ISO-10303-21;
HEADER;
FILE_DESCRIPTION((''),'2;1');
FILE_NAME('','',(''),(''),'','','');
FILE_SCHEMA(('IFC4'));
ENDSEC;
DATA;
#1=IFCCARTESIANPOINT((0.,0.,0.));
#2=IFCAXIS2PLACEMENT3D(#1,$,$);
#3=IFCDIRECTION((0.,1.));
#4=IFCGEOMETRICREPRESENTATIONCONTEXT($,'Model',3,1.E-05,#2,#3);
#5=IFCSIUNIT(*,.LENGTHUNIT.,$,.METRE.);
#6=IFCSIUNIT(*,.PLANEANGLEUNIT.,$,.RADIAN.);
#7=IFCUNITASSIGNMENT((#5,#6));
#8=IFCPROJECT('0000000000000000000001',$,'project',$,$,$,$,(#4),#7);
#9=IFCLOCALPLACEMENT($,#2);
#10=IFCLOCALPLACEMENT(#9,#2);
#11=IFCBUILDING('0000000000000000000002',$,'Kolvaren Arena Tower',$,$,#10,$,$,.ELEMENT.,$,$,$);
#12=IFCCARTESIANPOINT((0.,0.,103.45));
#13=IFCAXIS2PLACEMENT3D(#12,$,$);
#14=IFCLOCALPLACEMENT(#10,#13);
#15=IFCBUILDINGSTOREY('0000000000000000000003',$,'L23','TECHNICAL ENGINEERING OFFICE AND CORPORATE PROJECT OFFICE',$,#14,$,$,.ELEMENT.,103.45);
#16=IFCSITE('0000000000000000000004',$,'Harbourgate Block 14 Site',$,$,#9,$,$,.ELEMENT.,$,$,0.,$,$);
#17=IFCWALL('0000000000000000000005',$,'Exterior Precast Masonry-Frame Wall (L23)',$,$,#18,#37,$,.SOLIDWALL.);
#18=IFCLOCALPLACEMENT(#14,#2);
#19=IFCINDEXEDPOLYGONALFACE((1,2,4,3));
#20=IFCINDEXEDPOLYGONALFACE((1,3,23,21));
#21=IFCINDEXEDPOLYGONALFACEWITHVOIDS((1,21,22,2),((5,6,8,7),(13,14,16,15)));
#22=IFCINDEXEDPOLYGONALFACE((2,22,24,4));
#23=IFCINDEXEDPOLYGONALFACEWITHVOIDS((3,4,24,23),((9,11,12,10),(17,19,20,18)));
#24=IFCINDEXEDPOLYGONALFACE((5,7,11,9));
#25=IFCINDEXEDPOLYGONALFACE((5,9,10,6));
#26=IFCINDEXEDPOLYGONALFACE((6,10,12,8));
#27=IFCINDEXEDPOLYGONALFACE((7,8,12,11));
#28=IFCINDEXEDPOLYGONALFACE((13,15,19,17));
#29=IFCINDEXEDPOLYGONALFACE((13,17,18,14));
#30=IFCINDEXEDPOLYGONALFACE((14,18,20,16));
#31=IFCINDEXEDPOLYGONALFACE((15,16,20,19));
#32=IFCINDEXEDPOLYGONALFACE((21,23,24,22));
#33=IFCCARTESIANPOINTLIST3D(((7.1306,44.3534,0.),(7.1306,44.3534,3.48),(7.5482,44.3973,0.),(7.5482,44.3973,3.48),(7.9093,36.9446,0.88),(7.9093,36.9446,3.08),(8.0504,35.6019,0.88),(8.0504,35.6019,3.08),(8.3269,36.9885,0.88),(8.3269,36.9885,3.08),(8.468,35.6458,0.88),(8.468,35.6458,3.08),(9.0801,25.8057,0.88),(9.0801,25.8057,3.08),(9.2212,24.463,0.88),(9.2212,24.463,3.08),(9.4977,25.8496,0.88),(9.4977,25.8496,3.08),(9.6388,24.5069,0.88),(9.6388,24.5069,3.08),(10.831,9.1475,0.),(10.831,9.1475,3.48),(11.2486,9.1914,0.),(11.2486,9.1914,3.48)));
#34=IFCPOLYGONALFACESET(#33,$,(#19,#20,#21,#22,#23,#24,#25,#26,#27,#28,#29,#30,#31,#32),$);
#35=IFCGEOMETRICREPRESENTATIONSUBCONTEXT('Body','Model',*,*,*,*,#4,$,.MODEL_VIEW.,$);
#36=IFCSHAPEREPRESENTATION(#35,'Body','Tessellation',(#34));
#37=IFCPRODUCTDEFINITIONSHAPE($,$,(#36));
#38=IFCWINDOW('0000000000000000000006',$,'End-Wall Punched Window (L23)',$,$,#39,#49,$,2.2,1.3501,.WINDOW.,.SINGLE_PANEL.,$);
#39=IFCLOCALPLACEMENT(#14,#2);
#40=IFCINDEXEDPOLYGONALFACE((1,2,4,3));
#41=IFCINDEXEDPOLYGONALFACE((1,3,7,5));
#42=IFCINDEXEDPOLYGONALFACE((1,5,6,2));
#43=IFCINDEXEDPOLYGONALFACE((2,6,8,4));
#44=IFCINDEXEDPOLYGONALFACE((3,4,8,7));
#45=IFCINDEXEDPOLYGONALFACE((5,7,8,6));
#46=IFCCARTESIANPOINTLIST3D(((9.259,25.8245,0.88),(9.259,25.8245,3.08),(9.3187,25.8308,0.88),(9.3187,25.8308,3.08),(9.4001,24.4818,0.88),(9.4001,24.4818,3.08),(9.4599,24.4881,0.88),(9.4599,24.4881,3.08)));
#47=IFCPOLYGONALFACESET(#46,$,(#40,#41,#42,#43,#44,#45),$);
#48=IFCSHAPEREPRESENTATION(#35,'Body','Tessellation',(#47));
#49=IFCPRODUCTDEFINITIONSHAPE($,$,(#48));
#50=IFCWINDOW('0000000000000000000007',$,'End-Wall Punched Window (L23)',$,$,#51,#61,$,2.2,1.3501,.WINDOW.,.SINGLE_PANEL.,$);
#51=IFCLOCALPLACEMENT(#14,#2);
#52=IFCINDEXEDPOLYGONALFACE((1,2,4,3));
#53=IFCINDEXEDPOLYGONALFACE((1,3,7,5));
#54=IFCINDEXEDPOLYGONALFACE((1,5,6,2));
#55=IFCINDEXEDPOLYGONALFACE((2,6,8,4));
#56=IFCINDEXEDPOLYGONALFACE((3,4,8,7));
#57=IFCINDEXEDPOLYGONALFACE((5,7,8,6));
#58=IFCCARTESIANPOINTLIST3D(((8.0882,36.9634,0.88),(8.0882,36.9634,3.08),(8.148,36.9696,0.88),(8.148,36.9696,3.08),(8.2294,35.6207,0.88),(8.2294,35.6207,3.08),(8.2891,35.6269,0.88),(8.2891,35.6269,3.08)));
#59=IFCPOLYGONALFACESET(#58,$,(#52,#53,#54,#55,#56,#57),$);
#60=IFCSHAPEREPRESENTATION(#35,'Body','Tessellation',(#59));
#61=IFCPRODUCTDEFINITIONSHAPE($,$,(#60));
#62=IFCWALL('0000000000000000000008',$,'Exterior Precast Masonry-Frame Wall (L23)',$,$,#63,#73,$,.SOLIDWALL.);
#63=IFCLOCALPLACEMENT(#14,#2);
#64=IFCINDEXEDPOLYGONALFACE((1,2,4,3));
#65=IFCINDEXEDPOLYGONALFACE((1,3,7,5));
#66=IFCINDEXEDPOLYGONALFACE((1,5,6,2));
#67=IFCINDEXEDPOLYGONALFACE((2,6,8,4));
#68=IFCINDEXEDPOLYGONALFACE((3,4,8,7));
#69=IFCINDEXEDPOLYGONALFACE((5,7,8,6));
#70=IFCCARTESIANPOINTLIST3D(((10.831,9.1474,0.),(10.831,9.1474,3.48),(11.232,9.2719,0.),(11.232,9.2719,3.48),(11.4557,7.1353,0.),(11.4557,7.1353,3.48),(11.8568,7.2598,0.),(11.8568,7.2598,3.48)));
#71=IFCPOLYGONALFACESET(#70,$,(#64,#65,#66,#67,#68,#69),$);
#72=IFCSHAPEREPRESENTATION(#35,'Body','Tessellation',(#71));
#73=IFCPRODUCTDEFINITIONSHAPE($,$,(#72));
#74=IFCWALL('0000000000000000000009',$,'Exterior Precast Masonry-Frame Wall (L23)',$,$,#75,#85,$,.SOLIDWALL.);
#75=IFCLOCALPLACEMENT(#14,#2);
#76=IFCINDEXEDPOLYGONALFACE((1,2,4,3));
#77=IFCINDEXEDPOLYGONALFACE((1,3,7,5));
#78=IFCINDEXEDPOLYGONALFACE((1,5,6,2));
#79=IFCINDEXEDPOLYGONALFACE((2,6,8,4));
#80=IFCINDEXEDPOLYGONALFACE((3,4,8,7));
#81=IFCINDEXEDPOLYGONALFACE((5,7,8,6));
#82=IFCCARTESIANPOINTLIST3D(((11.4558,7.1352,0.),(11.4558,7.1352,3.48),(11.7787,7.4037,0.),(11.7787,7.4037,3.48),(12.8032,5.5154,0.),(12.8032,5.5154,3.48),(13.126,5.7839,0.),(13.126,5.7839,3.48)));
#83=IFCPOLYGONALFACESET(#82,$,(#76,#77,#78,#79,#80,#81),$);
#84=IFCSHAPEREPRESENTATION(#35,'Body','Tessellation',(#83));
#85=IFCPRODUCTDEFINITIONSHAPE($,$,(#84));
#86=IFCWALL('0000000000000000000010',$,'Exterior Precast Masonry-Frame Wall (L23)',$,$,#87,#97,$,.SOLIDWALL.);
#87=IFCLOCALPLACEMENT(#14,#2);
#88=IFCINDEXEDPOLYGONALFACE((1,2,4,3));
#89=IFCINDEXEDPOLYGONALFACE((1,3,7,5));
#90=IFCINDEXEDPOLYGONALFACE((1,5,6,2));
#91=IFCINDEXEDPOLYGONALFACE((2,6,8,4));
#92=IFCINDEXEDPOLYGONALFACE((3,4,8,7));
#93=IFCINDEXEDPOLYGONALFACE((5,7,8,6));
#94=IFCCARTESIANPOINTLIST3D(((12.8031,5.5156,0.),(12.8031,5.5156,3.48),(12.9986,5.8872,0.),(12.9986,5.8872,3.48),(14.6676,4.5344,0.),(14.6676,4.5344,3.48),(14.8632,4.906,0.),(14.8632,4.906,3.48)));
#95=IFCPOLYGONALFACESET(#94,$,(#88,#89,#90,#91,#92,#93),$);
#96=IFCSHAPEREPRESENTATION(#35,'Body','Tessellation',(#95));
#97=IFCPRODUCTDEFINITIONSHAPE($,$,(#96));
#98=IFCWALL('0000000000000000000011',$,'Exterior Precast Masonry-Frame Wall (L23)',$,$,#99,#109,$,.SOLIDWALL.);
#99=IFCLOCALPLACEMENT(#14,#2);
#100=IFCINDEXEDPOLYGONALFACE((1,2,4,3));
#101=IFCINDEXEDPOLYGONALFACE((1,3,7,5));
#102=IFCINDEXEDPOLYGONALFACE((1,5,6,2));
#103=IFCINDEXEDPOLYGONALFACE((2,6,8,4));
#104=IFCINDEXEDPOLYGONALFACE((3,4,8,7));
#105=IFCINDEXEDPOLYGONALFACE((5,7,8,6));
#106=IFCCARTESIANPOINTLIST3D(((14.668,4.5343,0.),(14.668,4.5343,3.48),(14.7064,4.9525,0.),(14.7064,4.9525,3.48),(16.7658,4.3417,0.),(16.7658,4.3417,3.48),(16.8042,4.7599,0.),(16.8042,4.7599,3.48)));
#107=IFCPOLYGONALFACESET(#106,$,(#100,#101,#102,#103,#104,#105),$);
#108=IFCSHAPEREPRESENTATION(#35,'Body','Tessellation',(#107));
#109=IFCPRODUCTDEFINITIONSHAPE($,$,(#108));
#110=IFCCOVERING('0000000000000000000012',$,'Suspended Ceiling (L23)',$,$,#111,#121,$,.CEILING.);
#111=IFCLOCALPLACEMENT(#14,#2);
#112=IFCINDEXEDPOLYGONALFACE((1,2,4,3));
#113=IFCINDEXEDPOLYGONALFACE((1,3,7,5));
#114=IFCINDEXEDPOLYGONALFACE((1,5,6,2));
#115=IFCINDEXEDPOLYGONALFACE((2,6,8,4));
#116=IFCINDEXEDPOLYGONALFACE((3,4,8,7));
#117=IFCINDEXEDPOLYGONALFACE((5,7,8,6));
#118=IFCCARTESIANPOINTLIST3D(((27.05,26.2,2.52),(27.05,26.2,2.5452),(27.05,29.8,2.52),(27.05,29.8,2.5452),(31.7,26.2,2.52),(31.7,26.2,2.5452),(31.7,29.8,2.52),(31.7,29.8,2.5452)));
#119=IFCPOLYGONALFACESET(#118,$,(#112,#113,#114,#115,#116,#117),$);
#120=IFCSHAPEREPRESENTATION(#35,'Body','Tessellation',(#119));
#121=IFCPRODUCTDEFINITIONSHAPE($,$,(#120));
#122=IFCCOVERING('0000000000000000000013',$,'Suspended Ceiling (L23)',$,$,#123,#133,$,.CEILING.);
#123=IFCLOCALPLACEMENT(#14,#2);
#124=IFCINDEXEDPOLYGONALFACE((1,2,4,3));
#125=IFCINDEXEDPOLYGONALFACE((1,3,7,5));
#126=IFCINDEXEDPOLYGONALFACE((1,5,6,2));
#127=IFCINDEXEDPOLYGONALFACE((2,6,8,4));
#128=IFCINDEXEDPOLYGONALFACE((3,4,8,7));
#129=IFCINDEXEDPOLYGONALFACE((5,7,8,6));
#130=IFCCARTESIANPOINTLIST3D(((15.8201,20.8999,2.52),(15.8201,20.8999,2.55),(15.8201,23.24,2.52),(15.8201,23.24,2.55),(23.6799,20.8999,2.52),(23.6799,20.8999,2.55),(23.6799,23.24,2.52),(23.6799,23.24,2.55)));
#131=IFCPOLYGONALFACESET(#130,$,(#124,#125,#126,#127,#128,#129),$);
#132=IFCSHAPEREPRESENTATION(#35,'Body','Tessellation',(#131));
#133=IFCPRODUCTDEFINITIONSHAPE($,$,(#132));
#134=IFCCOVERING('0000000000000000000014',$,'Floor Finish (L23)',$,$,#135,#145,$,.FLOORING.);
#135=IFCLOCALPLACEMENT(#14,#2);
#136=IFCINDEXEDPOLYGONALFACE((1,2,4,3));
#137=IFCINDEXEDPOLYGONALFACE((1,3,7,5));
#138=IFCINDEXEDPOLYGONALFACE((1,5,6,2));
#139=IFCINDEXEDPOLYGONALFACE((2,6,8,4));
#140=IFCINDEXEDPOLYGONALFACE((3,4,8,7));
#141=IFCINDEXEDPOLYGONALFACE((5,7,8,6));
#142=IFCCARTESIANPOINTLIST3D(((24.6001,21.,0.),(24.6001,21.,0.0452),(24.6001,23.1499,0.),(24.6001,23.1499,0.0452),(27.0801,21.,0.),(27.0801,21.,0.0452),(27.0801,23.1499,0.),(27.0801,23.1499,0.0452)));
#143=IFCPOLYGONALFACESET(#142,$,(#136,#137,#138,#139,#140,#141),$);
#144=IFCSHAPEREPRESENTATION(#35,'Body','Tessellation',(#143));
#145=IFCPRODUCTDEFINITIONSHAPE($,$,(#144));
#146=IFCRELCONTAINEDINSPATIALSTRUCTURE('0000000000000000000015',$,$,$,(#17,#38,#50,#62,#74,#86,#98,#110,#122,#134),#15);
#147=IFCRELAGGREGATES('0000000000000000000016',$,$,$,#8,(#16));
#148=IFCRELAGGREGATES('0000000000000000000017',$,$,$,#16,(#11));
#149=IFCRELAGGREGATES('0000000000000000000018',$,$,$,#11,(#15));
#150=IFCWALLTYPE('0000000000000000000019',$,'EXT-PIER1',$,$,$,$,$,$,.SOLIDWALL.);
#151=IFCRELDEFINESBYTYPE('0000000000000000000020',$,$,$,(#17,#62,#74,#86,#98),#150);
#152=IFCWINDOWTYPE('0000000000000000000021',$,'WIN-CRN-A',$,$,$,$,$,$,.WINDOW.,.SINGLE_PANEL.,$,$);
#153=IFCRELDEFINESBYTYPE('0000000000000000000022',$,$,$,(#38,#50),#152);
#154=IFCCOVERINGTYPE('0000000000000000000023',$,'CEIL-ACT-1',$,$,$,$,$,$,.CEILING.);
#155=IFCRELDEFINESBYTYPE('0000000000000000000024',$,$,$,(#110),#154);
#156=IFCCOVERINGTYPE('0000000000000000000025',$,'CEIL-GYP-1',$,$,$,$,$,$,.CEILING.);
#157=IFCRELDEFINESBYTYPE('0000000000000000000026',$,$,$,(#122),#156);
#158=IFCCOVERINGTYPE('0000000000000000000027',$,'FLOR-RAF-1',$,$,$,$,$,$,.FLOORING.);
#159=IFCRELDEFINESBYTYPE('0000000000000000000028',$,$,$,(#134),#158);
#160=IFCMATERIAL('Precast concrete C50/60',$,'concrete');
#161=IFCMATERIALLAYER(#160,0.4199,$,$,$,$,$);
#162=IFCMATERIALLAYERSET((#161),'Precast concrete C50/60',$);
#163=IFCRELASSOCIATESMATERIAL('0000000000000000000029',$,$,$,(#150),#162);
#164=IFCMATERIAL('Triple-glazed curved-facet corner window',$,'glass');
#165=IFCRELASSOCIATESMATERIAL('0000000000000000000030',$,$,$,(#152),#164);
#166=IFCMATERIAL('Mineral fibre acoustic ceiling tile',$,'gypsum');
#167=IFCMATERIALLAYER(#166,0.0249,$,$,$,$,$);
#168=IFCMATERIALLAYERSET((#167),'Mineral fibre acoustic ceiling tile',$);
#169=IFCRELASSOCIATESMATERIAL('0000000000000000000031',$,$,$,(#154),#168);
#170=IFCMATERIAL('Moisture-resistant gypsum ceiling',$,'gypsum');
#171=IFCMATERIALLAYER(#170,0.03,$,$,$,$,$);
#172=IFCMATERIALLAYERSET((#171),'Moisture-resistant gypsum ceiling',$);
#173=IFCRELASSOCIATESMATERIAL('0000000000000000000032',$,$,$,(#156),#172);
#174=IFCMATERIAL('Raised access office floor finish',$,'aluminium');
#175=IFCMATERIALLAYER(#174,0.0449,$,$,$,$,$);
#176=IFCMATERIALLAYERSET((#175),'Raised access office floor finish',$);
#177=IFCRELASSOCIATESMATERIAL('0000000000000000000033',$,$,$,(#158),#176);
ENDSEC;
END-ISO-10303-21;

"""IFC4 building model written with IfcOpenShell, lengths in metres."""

from ifc_helpers import new_model, si_unit, direction, frame, frame_2d, origin, place, context, subcontext, project, spatial, polyline, rectangle, outline, extrude, material, layer, layer_set, type_object, element, fill, save


model = new_model("IFC4")

# Units and contexts
model_context = context("Model", 3, precision=1e-05, world=origin(), true_north=direction((0.0, 1.0)))
body_context = subcontext(model_context, "Body", "Model", "MODEL_VIEW")
ifc_project = project(units=[si_unit("LENGTHUNIT", "METRE"), si_unit("PLANEANGLEUNIT", "RADIAN")], contexts=[model_context])

# Site, building, storey
site_placement = place(None, origin())
site = spatial("IfcSite", under=ifc_project, at=site_placement, Name="Harbourgate Block 14 Site", CompositionType="ELEMENT", RefElevation=0.0)
building_placement = place(site_placement, origin())
building = spatial("IfcBuilding", under=site, at=building_placement, Name="Kolvaren Arena Tower", CompositionType="ELEMENT")
storey_placement = place(building_placement, frame((0.0, 0.0, 103.45)))
storey = spatial("IfcBuildingStorey", under=building, at=storey_placement, Name="L23", Description="TECHNICAL ENGINEERING OFFICE AND CORPORATE PROJECT OFFICE", CompositionType="ELEMENT", Elevation=103.45)

# Wall, openings, windows
ifc_material_1 = material(Name="Precast concrete C50/60", Category="concrete")
ifc_layer_1 = layer(ifc_material_1, 0.4199)
ifc_layer_set_1 = layer_set([ifc_layer_1], Name="Precast concrete C50/60")
wall_type = type_object("IfcWallType", Name="EXT-PIER1", PredefinedType="SOLIDWALL", material=ifc_layer_set_1)
wall_1_placement = place(storey_placement, frame((11.0398, 9.1694, 0.0), z_axis=(0.0, 0.0, 1.0), x_axis=(-0.104532, 0.994522, 0.0)))
wall_1 = element("IfcWall", 1, at=wall_1_placement, inside=storey, type_object=wall_type, Name="Exterior Precast Masonry-Frame Wall (L23)", PredefinedType="SOLIDWALL", context=body_context, shape_type="SweptSolid", body=[
    extrude(rectangle(XDim=35.3999, YDim=0.4199, at=frame_2d((17.7, 0.0))), origin(), (0.0, 0.0, 1.0), 3.48),
])
opening_1_placement = place(wall_1_placement, frame((15.3999, 0.0, 0.8799)))
opening_1 = element("IfcOpeningElement", 2, at=opening_1_placement, cuts=wall_1, PredefinedType="OPENING", context=body_context, shape_type="SweptSolid", body=[
    extrude(rectangle(XDim=1.3501, YDim=2.2, at=frame_2d((0.675, 1.1001))), frame((0.0, 0.22, 0.0), z_axis=(0.0, -1.0, 0.0), x_axis=(1.0, 0.0, 0.0)), (0.0, 0.0, 1.0), 0.4399),
])
opening_2_placement = place(wall_1_placement, frame((26.6001, 0.0, 0.8799)))
opening_2 = element("IfcOpeningElement", 3, at=opening_2_placement, cuts=wall_1, PredefinedType="OPENING", context=body_context, shape_type="SweptSolid", body=[
    extrude(rectangle(XDim=1.3501, YDim=2.2, at=frame_2d((0.675, 1.1001))), frame((0.0, 0.22, 0.0), z_axis=(0.0, -1.0, 0.0), x_axis=(1.0, 0.0, 0.0)), (0.0, 0.0, 1.0), 0.4399),
])
ifc_material_2 = material(Name="Triple-glazed curved-facet corner window", Category="glass")
window_type = type_object("IfcWindowType", Name="WIN-CRN-A", PartitioningType="SINGLE_PANEL", PredefinedType="WINDOW", material=ifc_material_2)
window_1_placement = place(opening_1_placement, origin())
window_1 = element("IfcWindow", 4, at=window_1_placement, inside=storey, type_object=window_type, Name="End-Wall Punched Window (L23)", OverallHeight=2.2, OverallWidth=1.3501, PartitioningType="SINGLE_PANEL", PredefinedType="WINDOW", context=body_context, shape_type="SweptSolid", body=[
    extrude(rectangle(XDim=1.3501, YDim=2.2, at=frame_2d((0.675, 1.1001))), frame((0.0, 0.03, 0.0), z_axis=(0.0, -1.0, 0.0), x_axis=(1.0, 0.0, 0.0)), (0.0, 0.0, 1.0), 0.0601),
])
fill(opening_1, window_1)
window_2_placement = place(opening_2_placement, origin())
window_2 = element("IfcWindow", 5, at=window_2_placement, inside=storey, type_object=window_type, Name="End-Wall Punched Window (L23)", OverallHeight=2.2, OverallWidth=1.3501, PartitioningType="SINGLE_PANEL", PredefinedType="WINDOW", context=body_context, shape_type="SweptSolid", body=[
    extrude(rectangle(XDim=1.3501, YDim=2.2, at=frame_2d((0.675, 1.1001))), frame((0.0, 0.03, 0.0), z_axis=(0.0, -1.0, 0.0), x_axis=(1.0, 0.0, 0.0)), (0.0, 0.0, 1.0), 0.0601),
])
fill(opening_2, window_2)

# Walls
for number, where, z_axis, x_axis, name in (
    (6, (11.6562, 7.1975, 0.0), (0.0, 0.0, 1.0), (-0.296519, 0.955027, 0.0), "Exterior Precast Masonry-Frame Wall (L23)"),
    (7, (12.9646, 5.6497, 0.0), (0.0, 0.0, 1.0), (-0.639489, 0.7688, 0.0), "Exterior Precast Masonry-Frame Wall (L23)"),
    (8, (14.7654, 4.7202, 0.0), (0.0, 0.0, 1.0), (-0.884941, 0.465703, 0.0), "Exterior Precast Masonry-Frame Wall (L23)"),
):
    element("IfcWall", number, at=place(storey_placement, frame(where, z_axis=z_axis, x_axis=x_axis)), inside=storey, type_object=wall_type, Name=name, PredefinedType="SOLIDWALL", context=body_context, shape_type="SweptSolid", body=[
        extrude(rectangle(XDim=2.1069, YDim=0.4199, at=frame_2d((1.0535, 0.0))), origin(), (0.0, 0.0, 1.0), 3.48),
    ])
wall_2_placement = place(storey_placement, frame((16.7849, 4.5508, 0.0), z_axis=(0.0, 0.0, 1.0), x_axis=(-0.995811, 0.091434, 0.0)))
element("IfcWall", 9, at=wall_2_placement, inside=storey, type_object=wall_type, Name="Exterior Precast Masonry-Frame Wall (L23)", PredefinedType="SOLIDWALL", context=body_context, shape_type="SweptSolid", body=[
    extrude(rectangle(XDim=2.1067, YDim=0.4199, at=frame_2d((1.0532, 0.0))), origin(), (0.0, 0.0, 1.0), 3.48),
])

# Coverings
ifc_material_3 = material(Name="Mineral fibre acoustic ceiling tile", Category="gypsum")
ifc_layer_2 = layer(ifc_material_3, 0.0249)
ifc_layer_set_2 = layer_set([ifc_layer_2], Name="Mineral fibre acoustic ceiling tile")
covering_type_1 = type_object("IfcCoveringType", Name="CEIL-ACT-1", PredefinedType="CEILING", material=ifc_layer_set_2)
covering_1_placement = place(storey_placement, frame((0.0, 0.0, 2.52)))
element("IfcCovering", 10, at=covering_1_placement, inside=storey, type_object=covering_type_1, Name="Suspended Ceiling (L23)", PredefinedType="CEILING", context=body_context, shape_type="SweptSolid", body=[
    extrude(outline(polyline([(27.05, 26.2), (27.05, 29.8), (31.7, 29.8), (31.7, 26.2), (27.05, 26.2)])), origin(), (0.0, 0.0, 1.0), 0.0251),
])
ifc_material_4 = material(Name="Moisture-resistant gypsum ceiling", Category="gypsum")
ifc_layer_3 = layer(ifc_material_4, 0.03)
ifc_layer_set_3 = layer_set([ifc_layer_3], Name="Moisture-resistant gypsum ceiling")
covering_type_2 = type_object("IfcCoveringType", Name="CEIL-GYP-1", PredefinedType="CEILING", material=ifc_layer_set_3)
covering_2_placement = place(storey_placement, frame((0.0, 0.0, 2.52)))
element("IfcCovering", 11, at=covering_2_placement, inside=storey, type_object=covering_type_2, Name="Suspended Ceiling (L23)", PredefinedType="CEILING", context=body_context, shape_type="SweptSolid", body=[
    extrude(outline(polyline([(15.8201, 20.8999), (15.8201, 23.24), (23.6799, 23.24), (23.6799, 20.8999), (15.8201, 20.8999)])), origin(), (0.0, 0.0, 1.0), 0.03),
])
ifc_material_5 = material(Name="Raised access office floor finish", Category="aluminium")
ifc_layer_4 = layer(ifc_material_5, 0.0449)
ifc_layer_set_4 = layer_set([ifc_layer_4], Name="Raised access office floor finish")
covering_type_3 = type_object("IfcCoveringType", Name="FLOR-RAF-1", PredefinedType="FLOORING", material=ifc_layer_set_4)
covering_3_placement = place(storey_placement, origin())
element("IfcCovering", 12, at=covering_3_placement, inside=storey, type_object=covering_type_3, Name="Floor Finish (L23)", PredefinedType="FLOORING", context=body_context, shape_type="SweptSolid", body=[
    extrude(outline(polyline([(24.6001, 21.0), (24.6001, 23.1499), (27.0801, 23.1499), (27.0801, 21.0), (24.6001, 21.0)])), origin(), (0.0, 0.0, 1.0), 0.0452),
])

save(model, "model.ifc")
